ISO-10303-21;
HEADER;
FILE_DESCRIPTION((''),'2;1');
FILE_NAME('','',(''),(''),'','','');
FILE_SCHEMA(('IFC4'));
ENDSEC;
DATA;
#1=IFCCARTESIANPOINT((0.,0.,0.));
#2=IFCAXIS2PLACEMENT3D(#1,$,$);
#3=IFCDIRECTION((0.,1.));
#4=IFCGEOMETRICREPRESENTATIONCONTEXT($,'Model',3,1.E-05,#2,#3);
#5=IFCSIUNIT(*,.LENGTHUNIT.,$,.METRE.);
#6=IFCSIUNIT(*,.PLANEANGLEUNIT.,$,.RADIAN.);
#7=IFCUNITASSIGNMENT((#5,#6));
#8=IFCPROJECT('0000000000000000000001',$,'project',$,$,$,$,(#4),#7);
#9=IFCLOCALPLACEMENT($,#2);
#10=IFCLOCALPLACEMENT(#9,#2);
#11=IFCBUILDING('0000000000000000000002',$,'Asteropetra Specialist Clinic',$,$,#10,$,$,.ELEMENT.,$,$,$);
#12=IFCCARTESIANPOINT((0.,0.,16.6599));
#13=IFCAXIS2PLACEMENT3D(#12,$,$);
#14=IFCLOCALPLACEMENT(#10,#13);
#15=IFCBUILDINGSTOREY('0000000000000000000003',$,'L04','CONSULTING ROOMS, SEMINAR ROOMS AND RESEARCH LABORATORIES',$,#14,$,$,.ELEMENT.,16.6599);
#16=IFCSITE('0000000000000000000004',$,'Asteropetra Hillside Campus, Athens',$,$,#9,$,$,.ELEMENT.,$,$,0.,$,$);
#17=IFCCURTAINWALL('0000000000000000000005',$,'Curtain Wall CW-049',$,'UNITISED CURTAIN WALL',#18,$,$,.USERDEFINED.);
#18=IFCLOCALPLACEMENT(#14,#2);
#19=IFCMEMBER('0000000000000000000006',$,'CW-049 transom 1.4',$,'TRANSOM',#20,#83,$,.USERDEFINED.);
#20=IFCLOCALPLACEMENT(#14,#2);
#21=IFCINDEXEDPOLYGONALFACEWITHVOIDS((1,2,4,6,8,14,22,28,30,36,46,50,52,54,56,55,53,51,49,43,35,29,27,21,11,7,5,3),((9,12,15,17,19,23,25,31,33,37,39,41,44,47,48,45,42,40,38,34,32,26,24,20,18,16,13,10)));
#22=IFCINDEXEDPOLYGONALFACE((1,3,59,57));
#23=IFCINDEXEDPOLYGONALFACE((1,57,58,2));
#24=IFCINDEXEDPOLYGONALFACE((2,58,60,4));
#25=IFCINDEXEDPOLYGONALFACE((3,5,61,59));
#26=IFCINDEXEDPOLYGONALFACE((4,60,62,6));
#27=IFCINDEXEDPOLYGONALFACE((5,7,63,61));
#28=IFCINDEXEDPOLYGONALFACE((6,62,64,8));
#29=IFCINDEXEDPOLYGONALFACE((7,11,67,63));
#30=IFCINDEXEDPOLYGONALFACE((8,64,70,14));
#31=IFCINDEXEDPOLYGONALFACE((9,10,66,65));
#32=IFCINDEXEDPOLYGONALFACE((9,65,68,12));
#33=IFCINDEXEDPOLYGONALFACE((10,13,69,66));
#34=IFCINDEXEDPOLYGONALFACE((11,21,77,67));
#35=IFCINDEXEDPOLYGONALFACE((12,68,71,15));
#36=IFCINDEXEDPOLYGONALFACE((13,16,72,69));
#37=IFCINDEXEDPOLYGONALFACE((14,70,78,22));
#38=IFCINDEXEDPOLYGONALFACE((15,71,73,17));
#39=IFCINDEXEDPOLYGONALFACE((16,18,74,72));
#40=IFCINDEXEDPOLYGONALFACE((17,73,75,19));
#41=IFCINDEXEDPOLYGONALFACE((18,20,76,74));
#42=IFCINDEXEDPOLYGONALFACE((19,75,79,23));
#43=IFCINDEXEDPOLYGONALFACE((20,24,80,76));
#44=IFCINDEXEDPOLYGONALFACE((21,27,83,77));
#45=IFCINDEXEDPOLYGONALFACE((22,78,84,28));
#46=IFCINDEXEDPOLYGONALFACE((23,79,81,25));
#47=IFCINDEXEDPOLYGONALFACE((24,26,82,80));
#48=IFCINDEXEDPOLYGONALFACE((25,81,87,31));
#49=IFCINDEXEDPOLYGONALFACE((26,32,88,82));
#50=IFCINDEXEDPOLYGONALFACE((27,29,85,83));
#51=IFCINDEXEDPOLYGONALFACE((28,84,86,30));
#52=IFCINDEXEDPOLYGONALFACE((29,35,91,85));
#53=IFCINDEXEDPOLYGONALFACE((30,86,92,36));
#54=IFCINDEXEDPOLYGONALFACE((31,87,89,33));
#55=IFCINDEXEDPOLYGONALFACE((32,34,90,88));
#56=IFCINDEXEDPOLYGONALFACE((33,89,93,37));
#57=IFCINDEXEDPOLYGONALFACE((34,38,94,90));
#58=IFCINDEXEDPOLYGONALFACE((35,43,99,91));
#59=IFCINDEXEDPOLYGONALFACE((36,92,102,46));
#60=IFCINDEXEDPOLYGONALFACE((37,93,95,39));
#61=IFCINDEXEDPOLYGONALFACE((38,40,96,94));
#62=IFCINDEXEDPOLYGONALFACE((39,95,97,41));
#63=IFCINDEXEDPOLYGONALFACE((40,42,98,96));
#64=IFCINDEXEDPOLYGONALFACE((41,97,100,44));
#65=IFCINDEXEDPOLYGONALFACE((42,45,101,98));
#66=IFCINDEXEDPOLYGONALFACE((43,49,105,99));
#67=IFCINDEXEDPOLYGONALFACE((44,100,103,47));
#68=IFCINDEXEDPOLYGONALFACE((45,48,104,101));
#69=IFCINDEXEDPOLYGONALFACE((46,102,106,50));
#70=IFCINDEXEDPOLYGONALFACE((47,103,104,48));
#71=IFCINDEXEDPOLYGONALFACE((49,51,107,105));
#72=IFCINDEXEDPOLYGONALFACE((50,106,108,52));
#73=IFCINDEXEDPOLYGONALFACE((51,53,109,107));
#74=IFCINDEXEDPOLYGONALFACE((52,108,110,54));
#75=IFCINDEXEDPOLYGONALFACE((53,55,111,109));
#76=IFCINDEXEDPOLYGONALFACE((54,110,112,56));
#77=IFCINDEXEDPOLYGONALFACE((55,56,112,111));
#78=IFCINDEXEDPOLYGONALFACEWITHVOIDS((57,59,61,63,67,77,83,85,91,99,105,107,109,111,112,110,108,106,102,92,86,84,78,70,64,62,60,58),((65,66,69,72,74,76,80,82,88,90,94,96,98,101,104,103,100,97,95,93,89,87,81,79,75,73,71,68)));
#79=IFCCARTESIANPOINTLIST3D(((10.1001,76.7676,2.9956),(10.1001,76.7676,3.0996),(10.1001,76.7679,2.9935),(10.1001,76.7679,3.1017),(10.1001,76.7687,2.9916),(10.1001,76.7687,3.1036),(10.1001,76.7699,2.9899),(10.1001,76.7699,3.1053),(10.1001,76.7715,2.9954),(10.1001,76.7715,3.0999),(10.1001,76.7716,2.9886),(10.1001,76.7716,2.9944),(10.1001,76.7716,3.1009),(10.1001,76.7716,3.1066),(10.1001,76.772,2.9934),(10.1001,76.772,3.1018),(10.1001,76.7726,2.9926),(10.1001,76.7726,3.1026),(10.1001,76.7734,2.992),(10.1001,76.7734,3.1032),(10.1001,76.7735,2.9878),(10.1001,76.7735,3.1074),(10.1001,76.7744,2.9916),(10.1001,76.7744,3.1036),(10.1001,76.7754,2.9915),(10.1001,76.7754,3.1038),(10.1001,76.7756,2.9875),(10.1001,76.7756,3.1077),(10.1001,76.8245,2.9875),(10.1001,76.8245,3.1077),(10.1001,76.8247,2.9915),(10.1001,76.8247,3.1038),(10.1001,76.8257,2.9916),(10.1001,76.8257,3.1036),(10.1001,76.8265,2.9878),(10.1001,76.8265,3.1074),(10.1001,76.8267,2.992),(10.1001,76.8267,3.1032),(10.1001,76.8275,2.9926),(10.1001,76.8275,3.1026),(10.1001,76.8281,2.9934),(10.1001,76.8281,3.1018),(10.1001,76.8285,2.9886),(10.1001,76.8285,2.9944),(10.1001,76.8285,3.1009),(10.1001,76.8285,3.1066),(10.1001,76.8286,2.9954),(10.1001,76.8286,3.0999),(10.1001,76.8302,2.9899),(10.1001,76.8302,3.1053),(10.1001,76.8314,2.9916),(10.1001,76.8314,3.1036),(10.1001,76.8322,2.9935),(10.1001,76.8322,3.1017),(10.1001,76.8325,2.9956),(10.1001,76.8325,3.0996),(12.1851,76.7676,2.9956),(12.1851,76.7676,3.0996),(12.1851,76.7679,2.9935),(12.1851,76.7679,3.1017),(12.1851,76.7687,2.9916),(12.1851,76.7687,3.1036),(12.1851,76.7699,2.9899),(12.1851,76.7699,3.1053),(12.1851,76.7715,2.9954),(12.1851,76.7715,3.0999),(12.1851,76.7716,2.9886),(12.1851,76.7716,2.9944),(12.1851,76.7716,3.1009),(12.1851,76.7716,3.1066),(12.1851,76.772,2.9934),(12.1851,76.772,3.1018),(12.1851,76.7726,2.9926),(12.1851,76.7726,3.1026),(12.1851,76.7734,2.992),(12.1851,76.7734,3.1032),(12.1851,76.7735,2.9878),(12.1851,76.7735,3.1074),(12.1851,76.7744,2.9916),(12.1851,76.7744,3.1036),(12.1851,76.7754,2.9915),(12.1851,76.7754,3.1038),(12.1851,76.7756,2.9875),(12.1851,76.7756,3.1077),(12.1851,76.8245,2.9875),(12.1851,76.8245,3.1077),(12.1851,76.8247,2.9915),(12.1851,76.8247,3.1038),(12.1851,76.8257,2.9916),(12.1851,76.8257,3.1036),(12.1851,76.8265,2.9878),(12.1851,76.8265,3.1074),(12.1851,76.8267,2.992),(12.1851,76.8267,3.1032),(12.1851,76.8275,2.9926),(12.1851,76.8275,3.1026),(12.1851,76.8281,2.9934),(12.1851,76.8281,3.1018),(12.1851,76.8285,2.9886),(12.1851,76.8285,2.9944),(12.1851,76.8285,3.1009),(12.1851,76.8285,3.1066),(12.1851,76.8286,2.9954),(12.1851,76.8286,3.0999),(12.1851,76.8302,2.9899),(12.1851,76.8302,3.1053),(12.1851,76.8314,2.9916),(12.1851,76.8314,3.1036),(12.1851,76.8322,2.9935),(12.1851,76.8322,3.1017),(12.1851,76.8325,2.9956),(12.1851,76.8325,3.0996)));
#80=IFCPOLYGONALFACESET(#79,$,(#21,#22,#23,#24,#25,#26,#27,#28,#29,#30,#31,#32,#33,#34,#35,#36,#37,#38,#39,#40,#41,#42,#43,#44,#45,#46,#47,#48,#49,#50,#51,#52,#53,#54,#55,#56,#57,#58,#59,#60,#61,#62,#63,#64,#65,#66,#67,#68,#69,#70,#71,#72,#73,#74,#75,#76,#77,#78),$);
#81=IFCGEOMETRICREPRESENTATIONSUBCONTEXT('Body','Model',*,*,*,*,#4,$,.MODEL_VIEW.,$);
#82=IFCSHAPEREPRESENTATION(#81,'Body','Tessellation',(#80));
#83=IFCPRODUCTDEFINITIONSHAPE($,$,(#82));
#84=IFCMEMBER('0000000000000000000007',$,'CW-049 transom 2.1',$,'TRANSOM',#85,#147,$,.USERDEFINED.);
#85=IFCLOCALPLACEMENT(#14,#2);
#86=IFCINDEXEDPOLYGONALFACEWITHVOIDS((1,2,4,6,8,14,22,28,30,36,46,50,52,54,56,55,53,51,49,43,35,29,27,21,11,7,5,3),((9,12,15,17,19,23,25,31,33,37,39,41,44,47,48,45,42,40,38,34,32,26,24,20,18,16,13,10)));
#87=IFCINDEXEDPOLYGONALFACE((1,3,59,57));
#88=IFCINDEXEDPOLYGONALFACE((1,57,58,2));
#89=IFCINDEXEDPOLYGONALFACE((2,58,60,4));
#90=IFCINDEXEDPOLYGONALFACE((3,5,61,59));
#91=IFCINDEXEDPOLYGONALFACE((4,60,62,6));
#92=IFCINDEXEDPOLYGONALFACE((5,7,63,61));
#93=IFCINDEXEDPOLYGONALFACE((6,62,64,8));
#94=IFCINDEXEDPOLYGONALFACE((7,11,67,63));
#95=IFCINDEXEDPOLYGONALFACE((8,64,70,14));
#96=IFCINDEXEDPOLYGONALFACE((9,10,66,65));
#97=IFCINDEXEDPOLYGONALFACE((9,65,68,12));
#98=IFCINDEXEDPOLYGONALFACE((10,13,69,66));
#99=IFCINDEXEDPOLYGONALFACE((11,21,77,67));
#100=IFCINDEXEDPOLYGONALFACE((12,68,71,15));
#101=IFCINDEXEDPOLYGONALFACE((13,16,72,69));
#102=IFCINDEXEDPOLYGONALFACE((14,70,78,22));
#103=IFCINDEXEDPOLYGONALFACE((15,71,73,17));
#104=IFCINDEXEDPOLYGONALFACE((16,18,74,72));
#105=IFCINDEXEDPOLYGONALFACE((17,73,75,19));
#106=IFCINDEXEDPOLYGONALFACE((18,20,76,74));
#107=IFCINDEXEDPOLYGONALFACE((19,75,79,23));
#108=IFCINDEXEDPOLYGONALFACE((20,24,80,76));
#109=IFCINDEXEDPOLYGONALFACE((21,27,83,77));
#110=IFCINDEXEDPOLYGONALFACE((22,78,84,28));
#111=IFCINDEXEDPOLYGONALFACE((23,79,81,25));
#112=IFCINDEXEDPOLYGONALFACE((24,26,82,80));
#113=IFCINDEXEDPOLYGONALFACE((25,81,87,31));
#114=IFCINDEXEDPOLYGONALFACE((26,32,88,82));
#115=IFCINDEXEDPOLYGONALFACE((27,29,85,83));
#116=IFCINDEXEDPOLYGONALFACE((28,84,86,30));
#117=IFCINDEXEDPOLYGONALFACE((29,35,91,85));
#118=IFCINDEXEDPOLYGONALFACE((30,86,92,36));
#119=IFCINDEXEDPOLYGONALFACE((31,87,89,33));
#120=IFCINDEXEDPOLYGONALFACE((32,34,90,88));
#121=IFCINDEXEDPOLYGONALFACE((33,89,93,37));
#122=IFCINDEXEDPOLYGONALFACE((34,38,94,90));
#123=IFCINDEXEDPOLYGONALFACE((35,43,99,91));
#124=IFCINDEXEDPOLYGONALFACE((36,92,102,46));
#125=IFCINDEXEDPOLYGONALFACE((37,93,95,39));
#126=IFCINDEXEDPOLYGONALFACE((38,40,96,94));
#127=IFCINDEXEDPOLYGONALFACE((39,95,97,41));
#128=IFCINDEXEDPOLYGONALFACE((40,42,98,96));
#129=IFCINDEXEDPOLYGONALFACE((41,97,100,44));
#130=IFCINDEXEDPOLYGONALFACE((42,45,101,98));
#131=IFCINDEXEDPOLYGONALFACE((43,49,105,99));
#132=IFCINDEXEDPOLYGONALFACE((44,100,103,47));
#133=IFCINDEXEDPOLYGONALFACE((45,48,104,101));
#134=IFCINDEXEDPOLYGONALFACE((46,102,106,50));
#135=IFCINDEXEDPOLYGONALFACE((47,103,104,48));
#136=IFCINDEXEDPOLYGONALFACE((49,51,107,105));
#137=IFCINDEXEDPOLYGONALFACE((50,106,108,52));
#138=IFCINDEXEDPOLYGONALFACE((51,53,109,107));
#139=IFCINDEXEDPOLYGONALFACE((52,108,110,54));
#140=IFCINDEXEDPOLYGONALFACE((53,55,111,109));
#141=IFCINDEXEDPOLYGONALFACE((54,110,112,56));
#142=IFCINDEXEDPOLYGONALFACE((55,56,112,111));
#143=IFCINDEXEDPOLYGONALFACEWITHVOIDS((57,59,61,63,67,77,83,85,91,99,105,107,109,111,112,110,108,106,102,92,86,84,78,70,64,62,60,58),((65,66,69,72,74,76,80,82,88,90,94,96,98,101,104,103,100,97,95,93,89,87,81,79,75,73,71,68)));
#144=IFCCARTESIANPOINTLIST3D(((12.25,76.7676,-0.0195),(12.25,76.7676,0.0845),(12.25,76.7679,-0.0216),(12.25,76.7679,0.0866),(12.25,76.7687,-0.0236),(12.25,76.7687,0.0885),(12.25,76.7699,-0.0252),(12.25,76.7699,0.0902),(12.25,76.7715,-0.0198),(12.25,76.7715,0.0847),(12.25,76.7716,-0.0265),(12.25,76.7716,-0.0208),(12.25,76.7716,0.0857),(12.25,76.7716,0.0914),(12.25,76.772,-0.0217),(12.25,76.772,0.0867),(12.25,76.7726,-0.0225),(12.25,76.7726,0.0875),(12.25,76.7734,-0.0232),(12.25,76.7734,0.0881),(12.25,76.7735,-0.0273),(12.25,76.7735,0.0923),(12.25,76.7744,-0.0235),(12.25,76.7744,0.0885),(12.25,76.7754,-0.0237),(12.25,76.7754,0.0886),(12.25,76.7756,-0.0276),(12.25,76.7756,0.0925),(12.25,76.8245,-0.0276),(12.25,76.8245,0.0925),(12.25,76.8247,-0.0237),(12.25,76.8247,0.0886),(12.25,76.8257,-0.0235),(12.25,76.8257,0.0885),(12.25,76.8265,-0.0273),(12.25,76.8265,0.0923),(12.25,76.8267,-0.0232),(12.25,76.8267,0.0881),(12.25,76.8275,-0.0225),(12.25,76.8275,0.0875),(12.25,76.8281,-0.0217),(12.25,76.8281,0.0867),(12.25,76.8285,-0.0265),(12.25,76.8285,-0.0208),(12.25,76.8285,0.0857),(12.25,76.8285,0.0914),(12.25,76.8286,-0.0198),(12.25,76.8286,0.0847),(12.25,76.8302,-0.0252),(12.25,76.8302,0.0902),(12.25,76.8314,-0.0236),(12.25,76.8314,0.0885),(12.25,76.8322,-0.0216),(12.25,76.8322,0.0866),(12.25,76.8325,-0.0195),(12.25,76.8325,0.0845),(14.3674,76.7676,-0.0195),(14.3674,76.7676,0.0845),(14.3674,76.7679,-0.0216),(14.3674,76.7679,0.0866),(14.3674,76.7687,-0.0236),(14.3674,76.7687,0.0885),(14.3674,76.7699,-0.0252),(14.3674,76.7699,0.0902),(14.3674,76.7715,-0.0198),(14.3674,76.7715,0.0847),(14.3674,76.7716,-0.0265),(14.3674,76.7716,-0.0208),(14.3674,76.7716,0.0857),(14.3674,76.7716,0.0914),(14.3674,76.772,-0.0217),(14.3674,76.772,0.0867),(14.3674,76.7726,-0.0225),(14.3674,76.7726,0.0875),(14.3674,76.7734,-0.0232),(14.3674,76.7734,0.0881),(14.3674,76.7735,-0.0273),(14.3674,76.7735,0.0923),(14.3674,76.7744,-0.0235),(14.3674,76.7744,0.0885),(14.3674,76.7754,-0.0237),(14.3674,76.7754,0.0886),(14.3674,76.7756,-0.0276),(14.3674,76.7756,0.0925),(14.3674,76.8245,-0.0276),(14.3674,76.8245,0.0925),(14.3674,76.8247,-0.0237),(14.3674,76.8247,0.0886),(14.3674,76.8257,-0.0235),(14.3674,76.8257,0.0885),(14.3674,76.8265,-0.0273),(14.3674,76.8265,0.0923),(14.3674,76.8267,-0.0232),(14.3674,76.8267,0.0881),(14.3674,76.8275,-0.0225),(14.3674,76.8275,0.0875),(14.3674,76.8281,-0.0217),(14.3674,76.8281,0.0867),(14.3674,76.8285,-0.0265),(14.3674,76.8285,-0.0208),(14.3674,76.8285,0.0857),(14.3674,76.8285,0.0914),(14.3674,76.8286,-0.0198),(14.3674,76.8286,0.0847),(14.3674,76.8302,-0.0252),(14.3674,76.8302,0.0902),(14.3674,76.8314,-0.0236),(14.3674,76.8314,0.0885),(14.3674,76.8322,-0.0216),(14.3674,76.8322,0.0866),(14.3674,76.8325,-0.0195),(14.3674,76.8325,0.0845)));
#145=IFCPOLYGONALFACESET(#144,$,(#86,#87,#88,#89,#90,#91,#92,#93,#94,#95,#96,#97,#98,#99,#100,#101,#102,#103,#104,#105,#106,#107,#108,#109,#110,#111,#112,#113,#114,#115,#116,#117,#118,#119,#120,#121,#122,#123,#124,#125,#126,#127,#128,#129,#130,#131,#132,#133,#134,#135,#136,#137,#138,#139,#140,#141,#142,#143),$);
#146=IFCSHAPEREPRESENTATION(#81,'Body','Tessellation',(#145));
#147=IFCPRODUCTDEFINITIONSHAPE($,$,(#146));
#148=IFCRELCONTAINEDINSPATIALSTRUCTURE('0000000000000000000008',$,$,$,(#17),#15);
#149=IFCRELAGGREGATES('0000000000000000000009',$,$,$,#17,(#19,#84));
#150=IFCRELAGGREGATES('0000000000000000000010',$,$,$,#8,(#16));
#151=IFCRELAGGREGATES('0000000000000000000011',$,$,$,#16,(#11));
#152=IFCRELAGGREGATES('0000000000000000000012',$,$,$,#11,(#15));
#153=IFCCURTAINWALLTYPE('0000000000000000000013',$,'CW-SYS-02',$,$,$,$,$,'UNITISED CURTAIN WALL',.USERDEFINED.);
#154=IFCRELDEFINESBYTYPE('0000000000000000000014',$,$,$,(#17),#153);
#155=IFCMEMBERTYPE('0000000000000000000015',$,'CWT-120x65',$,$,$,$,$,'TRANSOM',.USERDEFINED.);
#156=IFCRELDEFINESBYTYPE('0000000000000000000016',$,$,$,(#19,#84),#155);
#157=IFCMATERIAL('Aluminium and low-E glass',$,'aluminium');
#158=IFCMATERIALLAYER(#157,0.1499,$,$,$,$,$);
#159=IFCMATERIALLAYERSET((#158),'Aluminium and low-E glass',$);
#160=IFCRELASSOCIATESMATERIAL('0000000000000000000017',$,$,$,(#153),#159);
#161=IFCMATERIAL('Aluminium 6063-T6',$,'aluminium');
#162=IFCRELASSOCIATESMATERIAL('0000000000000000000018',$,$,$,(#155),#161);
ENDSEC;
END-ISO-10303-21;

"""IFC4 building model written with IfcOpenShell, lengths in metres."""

from ifc_helpers import new_model, si_unit, direction, frame, origin, origin_2d, place, context, subcontext, project, spatial, hollow_rectangle, extrude, material, layer, layer_set, material_profile, profile_set, type_object, element, aggregate, save


model = new_model("IFC4")

# Units and contexts
model_context = context("Model", 3, precision=1e-05, world=origin(), true_north=direction((0.0, 1.0)))
body_context = subcontext(model_context, "Body", "Model", "MODEL_VIEW")
ifc_project = project(units=[si_unit("LENGTHUNIT", "METRE"), si_unit("PLANEANGLEUNIT", "RADIAN")], contexts=[model_context])

# Site, building, storey
site_placement = place(None, origin())
site = spatial("IfcSite", under=ifc_project, at=site_placement, Name="Asteropetra Hillside Campus, Athens", CompositionType="ELEMENT", RefElevation=0.0)
building_placement = place(site_placement, origin())
building = spatial("IfcBuilding", under=site, at=building_placement, Name="Asteropetra Specialist Clinic", CompositionType="ELEMENT")
storey_placement = place(building_placement, frame((0.0, 0.0, 16.6599)))
storey = spatial("IfcBuildingStorey", under=building, at=storey_placement, Name="L04", Description="CONSULTING ROOMS, SEMINAR ROOMS AND RESEARCH LABORATORIES", CompositionType="ELEMENT", Elevation=16.6599)

# Curtain wall, members
ifc_material_1 = material(Name="Aluminium and low-E glass", Category="aluminium")
ifc_layer_1 = layer(ifc_material_1, 0.1499)
ifc_layer_set_1 = layer_set([ifc_layer_1], Name="Aluminium and low-E glass")
curtain_wall_type = type_object("IfcCurtainWallType", Name="CW-SYS-02", ElementType="UNITISED CURTAIN WALL", PredefinedType="USERDEFINED", material=ifc_layer_set_1)
curtain_wall_placement = place(storey_placement, origin())
curtain_wall = element("IfcCurtainWall", 1, at=curtain_wall_placement, inside=storey, type_object=curtain_wall_type, Name="Curtain Wall CW-049", ObjectType="UNITISED CURTAIN WALL", PredefinedType="USERDEFINED")
ifc_material_2 = material(Name="Aluminium 6063-T6", Category="aluminium")
ifc_material_profile_1 = material_profile(ifc_material_2, hollow_rectangle(XDim=0.0649, YDim=0.1201, WallThickness=0.0039, InnerFilletRadius=0.0039, OuterFilletRadius=0.0081, at=origin_2d()), Name="TRN 120x65x4.0")
ifc_profile_set_1 = profile_set([ifc_material_profile_1], Name="Aluminium 6063-T6")
member_type_1 = type_object("IfcMemberType", Name="CWT-120x65", ElementType="TRANSOM", PredefinedType="USERDEFINED", material=ifc_profile_set_1)
member_1_placement = place(storey_placement, frame((10.1001, 76.8, 3.0476), z_axis=(1.0, 0.0, 0.0), x_axis=(0.0, 1.0, 0.0)))
member_1 = element("IfcMember", 2, at=member_1_placement, type_object=member_type_1, Name="CW-049 transom 1.4", ObjectType="TRANSOM", PredefinedType="USERDEFINED", context=body_context, shape_type="SweptSolid", body=[
    extrude(hollow_rectangle(XDim=0.0649, YDim=0.1201, WallThickness=0.0039, InnerFilletRadius=0.0039, OuterFilletRadius=0.0081, at=origin_2d()), origin(), (0.0, 0.0, 1.0), 2.085),
])
member_2_placement = place(storey_placement, frame((12.25, 76.8, 0.0325), z_axis=(1.0, 0.0, 0.0), x_axis=(0.0, 1.0, 0.0)))
member_2 = element("IfcMember", 3, at=member_2_placement, type_object=member_type_1, Name="CW-049 transom 2.1", ObjectType="TRANSOM", PredefinedType="USERDEFINED", context=body_context, shape_type="SweptSolid", body=[
    extrude(hollow_rectangle(XDim=0.0649, YDim=0.1201, WallThickness=0.0039, InnerFilletRadius=0.0039, OuterFilletRadius=0.0081, at=origin_2d()), origin(), (0.0, 0.0, 1.0), 2.1174),
])

aggregate(curtain_wall, [member_1, member_2])

save(model, "model.ifc")
